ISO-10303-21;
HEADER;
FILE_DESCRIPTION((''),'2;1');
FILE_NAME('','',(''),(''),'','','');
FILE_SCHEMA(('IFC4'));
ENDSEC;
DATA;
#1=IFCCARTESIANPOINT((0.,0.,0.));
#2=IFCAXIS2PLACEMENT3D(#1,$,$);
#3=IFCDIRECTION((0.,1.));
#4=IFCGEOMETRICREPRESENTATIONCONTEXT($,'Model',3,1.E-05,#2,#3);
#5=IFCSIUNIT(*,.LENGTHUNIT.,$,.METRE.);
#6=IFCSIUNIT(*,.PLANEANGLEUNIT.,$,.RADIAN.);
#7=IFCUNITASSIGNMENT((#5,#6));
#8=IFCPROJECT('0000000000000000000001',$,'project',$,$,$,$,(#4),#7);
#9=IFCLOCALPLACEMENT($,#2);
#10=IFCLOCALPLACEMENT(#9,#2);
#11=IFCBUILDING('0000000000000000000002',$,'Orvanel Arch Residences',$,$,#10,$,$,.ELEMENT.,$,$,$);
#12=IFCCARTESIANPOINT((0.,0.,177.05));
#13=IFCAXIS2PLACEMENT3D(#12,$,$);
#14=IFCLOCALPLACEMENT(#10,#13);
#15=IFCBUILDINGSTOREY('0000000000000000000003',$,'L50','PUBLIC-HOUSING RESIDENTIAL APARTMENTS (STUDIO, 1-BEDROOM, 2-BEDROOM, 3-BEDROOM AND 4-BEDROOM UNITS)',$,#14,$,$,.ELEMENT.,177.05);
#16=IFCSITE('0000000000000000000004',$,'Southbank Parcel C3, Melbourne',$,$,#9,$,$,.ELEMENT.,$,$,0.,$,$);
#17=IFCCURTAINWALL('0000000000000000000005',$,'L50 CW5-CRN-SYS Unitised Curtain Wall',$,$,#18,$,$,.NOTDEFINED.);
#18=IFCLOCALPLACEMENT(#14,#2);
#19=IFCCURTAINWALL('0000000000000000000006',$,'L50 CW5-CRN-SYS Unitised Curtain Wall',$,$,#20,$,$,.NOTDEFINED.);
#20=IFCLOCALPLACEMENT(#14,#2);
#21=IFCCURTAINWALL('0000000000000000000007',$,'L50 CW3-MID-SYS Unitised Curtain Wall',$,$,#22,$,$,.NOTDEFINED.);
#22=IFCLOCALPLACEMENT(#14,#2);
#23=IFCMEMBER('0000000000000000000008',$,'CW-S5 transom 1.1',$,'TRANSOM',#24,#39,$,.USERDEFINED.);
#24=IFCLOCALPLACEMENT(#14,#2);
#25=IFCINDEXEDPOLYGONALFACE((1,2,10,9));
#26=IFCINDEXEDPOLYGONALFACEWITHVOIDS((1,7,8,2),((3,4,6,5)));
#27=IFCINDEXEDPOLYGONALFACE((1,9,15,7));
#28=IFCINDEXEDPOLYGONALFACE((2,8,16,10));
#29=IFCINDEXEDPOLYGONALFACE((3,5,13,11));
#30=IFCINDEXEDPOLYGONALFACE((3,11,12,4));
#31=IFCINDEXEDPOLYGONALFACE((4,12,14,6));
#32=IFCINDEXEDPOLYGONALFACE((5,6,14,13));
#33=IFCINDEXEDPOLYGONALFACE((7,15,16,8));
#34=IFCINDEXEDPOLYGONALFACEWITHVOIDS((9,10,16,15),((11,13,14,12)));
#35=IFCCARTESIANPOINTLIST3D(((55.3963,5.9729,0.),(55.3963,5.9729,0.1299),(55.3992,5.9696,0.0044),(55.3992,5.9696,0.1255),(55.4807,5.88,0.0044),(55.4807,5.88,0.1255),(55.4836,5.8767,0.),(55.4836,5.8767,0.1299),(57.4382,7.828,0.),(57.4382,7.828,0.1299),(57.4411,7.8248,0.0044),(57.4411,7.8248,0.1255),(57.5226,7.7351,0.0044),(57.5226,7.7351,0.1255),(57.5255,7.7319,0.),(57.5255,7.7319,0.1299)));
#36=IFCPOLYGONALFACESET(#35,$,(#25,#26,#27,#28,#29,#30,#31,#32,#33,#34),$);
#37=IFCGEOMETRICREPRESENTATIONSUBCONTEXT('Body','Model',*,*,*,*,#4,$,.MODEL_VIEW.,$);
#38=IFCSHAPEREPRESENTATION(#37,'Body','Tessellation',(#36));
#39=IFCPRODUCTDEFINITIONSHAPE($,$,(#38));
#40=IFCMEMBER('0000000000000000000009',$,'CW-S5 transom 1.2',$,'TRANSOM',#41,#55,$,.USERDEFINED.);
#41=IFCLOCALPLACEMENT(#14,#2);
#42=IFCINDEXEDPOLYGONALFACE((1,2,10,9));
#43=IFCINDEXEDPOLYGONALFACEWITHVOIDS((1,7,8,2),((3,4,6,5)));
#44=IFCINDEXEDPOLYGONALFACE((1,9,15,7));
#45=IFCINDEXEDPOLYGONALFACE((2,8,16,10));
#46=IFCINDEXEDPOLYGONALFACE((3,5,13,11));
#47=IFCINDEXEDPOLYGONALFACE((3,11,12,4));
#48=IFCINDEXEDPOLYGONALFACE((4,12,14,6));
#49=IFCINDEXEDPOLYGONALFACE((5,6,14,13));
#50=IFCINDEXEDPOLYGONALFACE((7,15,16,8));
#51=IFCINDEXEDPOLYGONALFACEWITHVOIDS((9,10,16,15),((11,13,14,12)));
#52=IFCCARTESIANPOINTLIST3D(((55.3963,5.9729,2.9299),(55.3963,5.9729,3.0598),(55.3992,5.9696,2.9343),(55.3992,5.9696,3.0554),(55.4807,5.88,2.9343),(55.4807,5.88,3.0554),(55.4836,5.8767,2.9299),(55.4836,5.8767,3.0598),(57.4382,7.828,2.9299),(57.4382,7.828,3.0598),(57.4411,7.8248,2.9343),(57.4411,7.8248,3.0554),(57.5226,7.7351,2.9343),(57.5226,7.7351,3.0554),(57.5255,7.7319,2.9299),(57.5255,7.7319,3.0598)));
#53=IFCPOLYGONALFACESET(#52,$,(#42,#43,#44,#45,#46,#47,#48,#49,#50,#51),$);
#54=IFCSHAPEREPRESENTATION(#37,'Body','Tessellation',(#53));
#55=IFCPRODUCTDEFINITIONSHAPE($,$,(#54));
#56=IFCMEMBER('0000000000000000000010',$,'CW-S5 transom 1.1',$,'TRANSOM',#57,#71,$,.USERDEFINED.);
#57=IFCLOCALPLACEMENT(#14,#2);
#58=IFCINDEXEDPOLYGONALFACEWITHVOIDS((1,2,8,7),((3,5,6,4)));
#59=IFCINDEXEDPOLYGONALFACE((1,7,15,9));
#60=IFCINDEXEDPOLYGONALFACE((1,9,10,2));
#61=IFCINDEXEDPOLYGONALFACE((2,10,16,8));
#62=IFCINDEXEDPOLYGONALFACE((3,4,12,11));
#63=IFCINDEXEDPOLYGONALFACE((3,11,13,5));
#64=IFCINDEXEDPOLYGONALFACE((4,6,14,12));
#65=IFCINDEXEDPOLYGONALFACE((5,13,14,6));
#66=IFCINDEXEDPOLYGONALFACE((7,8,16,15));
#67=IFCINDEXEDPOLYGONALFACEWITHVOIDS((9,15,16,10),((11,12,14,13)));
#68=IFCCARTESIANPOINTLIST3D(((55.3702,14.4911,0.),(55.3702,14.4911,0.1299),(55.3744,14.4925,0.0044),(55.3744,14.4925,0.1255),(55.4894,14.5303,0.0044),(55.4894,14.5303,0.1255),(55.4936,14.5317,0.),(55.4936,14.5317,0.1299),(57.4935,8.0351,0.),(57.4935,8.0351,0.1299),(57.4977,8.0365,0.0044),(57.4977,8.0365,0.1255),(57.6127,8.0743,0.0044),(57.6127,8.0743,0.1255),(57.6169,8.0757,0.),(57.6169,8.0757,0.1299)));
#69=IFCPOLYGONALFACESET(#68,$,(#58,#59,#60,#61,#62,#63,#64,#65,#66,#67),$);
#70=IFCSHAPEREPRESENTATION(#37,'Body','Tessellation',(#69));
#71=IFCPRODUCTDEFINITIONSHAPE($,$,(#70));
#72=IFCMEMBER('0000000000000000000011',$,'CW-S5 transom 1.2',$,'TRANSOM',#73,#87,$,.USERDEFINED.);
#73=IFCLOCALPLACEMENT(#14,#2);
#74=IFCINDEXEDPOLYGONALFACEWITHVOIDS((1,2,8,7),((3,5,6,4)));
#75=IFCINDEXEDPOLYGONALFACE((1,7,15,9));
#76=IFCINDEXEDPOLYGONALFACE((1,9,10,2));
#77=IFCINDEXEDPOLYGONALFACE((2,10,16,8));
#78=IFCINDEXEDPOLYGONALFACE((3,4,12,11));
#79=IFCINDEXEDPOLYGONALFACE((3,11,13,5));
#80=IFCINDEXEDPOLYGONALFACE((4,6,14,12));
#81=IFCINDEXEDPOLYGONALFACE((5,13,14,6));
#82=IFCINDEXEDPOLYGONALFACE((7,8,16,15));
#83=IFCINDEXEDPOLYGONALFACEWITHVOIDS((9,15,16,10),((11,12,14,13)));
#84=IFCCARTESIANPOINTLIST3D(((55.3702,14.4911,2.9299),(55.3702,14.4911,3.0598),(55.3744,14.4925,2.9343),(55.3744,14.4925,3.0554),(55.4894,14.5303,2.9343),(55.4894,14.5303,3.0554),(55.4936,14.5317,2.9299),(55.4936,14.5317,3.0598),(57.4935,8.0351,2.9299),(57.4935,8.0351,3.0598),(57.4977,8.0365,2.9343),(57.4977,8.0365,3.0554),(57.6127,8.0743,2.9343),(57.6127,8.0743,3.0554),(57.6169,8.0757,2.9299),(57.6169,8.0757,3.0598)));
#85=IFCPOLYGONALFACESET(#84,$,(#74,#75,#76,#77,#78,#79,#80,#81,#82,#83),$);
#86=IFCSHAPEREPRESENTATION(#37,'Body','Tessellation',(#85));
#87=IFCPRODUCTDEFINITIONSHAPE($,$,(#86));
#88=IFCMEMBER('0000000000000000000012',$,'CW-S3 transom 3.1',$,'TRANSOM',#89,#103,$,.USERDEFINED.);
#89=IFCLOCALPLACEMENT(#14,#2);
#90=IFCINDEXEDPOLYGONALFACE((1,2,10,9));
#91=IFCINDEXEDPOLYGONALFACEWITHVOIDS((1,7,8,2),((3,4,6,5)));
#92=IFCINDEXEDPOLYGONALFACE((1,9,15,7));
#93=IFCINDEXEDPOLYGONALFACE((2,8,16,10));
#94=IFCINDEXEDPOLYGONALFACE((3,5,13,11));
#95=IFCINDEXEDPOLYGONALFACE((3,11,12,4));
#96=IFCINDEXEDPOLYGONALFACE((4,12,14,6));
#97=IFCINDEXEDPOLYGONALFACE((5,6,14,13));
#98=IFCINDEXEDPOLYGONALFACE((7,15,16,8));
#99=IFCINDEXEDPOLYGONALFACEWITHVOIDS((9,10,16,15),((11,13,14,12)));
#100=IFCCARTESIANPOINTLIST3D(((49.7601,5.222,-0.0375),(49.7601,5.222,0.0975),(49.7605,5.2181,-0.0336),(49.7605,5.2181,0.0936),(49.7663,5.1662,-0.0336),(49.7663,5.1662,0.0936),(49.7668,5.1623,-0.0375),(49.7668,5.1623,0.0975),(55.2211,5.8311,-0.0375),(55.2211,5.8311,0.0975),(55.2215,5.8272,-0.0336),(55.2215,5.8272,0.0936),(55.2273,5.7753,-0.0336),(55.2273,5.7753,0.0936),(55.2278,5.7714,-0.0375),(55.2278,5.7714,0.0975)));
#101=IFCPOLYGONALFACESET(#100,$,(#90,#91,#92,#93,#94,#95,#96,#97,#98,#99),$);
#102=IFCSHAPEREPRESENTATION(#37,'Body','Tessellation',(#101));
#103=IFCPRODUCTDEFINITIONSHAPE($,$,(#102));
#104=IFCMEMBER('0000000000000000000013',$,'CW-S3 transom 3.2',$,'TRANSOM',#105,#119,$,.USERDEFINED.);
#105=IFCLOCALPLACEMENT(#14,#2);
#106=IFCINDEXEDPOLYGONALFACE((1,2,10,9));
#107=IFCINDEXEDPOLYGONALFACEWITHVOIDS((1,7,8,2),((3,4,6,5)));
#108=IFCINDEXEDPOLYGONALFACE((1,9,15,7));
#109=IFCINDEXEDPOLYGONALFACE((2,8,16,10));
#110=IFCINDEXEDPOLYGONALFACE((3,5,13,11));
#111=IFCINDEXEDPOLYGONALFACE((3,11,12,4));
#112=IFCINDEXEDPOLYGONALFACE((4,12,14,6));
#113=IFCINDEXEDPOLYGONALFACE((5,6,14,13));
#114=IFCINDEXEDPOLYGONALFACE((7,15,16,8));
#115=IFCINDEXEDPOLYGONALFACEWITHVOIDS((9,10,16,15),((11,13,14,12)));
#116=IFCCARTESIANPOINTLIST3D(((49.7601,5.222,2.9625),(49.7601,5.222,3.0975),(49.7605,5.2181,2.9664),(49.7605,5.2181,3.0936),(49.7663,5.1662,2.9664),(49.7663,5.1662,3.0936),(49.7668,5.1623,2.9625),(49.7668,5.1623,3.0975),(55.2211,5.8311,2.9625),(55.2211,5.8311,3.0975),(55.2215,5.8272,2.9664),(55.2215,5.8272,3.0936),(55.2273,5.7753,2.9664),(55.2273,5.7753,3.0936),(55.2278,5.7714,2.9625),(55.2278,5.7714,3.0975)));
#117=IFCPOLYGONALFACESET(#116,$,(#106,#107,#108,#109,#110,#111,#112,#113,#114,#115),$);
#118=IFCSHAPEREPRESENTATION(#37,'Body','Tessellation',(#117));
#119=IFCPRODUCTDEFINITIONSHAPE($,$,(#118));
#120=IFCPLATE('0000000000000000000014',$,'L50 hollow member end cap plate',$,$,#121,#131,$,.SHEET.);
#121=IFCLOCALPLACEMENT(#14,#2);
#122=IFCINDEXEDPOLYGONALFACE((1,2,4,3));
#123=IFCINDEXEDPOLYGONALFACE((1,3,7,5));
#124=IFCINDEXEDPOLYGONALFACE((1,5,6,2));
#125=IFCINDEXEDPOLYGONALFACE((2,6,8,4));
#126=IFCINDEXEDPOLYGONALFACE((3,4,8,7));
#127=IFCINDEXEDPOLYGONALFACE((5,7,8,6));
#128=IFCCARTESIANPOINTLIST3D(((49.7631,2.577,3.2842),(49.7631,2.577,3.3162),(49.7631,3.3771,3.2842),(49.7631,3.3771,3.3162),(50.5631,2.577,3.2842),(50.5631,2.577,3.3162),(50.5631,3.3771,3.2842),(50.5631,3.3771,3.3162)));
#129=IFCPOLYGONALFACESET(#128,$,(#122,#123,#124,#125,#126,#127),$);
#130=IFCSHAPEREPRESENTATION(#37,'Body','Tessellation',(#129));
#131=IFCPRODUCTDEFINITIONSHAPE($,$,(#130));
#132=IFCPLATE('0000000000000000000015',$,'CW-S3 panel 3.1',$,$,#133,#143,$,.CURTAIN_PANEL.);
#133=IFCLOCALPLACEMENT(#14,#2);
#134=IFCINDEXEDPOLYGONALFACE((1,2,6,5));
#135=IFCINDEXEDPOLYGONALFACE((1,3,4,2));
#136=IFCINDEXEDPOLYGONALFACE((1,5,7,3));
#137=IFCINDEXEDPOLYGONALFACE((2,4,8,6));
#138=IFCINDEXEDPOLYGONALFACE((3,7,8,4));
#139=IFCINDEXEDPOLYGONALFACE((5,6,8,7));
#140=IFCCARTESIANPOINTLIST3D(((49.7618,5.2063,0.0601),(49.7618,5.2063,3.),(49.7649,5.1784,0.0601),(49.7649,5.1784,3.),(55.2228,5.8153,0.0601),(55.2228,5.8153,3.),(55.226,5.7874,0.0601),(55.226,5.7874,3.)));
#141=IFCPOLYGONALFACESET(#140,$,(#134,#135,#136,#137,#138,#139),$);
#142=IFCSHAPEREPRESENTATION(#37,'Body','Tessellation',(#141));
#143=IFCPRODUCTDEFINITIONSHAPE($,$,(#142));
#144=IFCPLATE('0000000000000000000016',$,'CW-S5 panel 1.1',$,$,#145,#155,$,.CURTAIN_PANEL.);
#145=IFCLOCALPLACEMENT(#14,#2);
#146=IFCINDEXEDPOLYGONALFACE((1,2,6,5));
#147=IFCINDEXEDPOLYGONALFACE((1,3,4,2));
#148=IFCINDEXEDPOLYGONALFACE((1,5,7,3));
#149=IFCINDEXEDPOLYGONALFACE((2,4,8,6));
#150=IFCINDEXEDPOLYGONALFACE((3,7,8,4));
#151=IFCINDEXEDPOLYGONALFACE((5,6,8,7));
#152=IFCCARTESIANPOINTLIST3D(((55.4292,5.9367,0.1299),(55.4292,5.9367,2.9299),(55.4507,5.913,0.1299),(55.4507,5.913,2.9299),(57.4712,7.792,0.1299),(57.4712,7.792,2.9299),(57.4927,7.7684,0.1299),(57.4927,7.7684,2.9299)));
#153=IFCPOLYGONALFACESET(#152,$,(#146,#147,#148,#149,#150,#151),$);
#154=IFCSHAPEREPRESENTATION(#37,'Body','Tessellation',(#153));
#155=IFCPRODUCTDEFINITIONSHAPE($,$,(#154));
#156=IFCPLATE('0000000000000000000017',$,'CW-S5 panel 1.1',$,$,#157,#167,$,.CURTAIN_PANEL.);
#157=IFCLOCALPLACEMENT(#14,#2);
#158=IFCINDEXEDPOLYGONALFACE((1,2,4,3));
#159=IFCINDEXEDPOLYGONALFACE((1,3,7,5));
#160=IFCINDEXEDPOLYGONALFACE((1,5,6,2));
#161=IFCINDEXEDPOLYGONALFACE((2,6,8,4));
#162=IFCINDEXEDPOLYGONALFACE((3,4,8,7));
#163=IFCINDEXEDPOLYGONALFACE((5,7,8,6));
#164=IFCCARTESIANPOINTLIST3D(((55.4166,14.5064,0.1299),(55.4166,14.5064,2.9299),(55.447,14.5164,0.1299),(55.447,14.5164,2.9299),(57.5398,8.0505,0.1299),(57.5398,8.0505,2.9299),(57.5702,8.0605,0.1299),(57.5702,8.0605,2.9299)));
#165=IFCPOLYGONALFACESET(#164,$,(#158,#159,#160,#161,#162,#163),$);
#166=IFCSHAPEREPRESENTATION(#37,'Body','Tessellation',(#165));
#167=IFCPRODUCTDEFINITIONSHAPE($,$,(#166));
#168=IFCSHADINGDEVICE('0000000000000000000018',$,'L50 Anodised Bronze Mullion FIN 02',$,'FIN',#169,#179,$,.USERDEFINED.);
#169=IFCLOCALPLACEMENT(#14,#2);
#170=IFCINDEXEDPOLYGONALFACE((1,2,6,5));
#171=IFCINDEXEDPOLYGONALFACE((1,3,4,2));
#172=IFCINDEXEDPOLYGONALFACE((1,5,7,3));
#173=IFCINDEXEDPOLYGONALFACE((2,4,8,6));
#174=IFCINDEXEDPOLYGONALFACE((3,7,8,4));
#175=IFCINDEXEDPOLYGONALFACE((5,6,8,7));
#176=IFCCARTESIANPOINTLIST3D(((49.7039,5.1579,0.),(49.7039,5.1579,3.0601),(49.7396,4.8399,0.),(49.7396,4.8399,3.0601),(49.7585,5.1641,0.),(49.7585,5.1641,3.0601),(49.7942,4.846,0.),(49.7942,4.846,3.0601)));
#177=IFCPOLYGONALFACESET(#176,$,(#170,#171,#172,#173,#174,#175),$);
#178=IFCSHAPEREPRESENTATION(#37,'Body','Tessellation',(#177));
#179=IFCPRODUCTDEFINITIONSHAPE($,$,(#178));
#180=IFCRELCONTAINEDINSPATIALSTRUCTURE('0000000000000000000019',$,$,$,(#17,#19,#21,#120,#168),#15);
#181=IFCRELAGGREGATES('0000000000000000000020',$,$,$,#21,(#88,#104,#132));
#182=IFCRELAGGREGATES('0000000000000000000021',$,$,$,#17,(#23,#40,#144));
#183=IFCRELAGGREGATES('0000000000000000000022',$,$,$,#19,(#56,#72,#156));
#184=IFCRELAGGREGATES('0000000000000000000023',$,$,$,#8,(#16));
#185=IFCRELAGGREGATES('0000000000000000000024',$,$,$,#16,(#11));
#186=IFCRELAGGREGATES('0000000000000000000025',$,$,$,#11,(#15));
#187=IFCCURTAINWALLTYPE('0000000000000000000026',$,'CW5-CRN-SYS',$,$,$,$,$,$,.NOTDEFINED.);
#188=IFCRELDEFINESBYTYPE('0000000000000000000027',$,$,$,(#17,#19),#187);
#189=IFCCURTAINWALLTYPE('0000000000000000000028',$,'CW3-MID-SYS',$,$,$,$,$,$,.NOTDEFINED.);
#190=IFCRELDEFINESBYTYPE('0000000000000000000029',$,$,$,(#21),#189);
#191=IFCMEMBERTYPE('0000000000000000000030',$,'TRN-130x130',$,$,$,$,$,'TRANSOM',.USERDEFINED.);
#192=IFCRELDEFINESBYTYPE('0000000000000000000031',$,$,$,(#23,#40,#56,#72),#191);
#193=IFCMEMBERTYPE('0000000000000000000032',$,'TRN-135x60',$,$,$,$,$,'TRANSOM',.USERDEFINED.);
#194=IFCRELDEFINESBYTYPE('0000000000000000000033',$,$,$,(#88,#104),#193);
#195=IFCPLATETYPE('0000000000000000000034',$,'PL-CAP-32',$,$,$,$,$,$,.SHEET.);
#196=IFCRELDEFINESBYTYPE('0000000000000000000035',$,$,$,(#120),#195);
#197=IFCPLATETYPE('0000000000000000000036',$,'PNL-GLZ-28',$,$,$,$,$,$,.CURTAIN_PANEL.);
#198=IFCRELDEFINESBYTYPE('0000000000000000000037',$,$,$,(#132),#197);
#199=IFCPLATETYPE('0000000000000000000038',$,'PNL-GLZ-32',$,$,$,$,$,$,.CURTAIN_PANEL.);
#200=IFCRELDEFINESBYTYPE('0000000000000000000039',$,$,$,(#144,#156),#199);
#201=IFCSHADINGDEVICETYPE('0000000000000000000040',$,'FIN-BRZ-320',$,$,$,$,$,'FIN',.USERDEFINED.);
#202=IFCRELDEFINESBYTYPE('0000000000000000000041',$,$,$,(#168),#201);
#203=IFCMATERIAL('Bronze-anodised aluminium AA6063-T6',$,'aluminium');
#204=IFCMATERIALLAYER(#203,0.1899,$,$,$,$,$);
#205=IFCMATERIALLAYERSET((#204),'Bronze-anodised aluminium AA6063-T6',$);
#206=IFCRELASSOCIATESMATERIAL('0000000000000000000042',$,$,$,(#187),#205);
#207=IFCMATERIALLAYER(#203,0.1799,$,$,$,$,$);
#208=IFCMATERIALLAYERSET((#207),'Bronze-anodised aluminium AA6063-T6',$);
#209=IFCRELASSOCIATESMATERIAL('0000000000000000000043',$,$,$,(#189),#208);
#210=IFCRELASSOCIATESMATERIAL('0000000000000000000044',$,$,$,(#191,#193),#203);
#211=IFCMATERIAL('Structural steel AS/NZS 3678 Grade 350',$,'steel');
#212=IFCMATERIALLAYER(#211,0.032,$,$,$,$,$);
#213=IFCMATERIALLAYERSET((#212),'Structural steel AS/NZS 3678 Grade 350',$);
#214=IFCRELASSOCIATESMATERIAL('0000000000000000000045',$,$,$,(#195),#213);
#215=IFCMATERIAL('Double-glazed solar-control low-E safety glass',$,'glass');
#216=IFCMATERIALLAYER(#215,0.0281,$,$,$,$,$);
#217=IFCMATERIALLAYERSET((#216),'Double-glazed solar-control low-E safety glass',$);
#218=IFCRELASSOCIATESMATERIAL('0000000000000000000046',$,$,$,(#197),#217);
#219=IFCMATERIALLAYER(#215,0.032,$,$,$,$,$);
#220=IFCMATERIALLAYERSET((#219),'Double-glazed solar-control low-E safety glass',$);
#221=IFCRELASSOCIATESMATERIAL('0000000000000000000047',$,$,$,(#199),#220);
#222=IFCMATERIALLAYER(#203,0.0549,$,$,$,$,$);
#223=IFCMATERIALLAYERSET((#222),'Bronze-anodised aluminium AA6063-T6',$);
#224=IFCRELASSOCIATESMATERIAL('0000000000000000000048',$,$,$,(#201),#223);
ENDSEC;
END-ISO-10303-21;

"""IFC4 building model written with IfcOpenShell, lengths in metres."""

from ifc_helpers import new_model, si_unit, direction, frame, origin, origin_2d, place, context, subcontext, project, spatial, rectangle, hollow_rectangle, extrude, material, layer, layer_set, material_profile, profile_set, type_object, element, aggregate, save


model = new_model("IFC4")

# Units and contexts
model_context = context("Model", 3, precision=1e-05, world=origin(), true_north=direction((0.0, 1.0)))
body_context = subcontext(model_context, "Body", "Model", "MODEL_VIEW")
ifc_project = project(units=[si_unit("LENGTHUNIT", "METRE"), si_unit("PLANEANGLEUNIT", "RADIAN")], contexts=[model_context])

# Site, building, storey
site_placement = place(None, origin())
site = spatial("IfcSite", under=ifc_project, at=site_placement, Name="Southbank Parcel C3, Melbourne", CompositionType="ELEMENT", RefElevation=0.0)
building_placement = place(site_placement, origin())
building = spatial("IfcBuilding", under=site, at=building_placement, Name="Orvanel Arch Residences", CompositionType="ELEMENT")
storey_placement = place(building_placement, frame((0.0, 0.0, 177.05)))
storey = spatial("IfcBuildingStorey", under=building, at=storey_placement, Name="L50", Description="PUBLIC-HOUSING RESIDENTIAL APARTMENTS (STUDIO, 1-BEDROOM, 2-BEDROOM, 3-BEDROOM AND 4-BEDROOM UNITS)", CompositionType="ELEMENT", Elevation=177.05)

# Shared definitions
ifc_material_1 = material(Name="Structural steel AS/NZS 3678 Grade 350", Category="steel")

# Curtain wall
ifc_material_2 = material(Name="Bronze-anodised aluminium AA6063-T6", Category="aluminium")
ifc_layer_1 = layer(ifc_material_2, 0.1899)
ifc_layer_set_1 = layer_set([ifc_layer_1], Name="Bronze-anodised aluminium AA6063-T6")
curtain_wall_type_1 = type_object("IfcCurtainWallType", Name="CW5-CRN-SYS", PredefinedType="NOTDEFINED", material=ifc_layer_set_1)
curtain_wall_1_placement = place(storey_placement, origin())
curtain_wall_1 = element("IfcCurtainWall", 1, at=curtain_wall_1_placement, inside=storey, type_object=curtain_wall_type_1, Name="L50 CW5-CRN-SYS Unitised Curtain Wall", PredefinedType="NOTDEFINED")

# Curtain walls
curtain_wall_2_placement = place(storey_placement, origin())
curtain_wall_2 = element("IfcCurtainWall", 2, at=curtain_wall_2_placement, inside=storey, type_object=curtain_wall_type_1, Name="L50 CW5-CRN-SYS Unitised Curtain Wall", PredefinedType="NOTDEFINED")
ifc_layer_2 = layer(ifc_material_2, 0.1799)
ifc_layer_set_2 = layer_set([ifc_layer_2], Name="Bronze-anodised aluminium AA6063-T6")
curtain_wall_type_2 = type_object("IfcCurtainWallType", Name="CW3-MID-SYS", PredefinedType="NOTDEFINED", material=ifc_layer_set_2)
curtain_wall_3_placement = place(storey_placement, origin())
curtain_wall_3 = element("IfcCurtainWall", 3, at=curtain_wall_3_placement, inside=storey, type_object=curtain_wall_type_2, Name="L50 CW3-MID-SYS Unitised Curtain Wall", PredefinedType="NOTDEFINED")

# Members
ifc_material_profile_1 = material_profile(ifc_material_2, hollow_rectangle(XDim=0.1299, YDim=0.1299, WallThickness=0.0044, at=origin_2d()), Name="ALU130x130x4.5")
ifc_profile_set_1 = profile_set([ifc_material_profile_1], Name="Bronze-anodised aluminium AA6063-T6")
member_type_1 = type_object("IfcMemberType", Name="TRN-130x130", ElementType="TRANSOM", PredefinedType="USERDEFINED", material=ifc_profile_set_1)
member_1_placement = place(storey_placement, frame((55.4399, 5.9248, 0.0649), z_axis=(0.740144, 0.672448, 0.0), x_axis=(-0.672448, 0.740144, 0.0)))
member_1 = element("IfcMember", 4, at=member_1_placement, type_object=member_type_1, Name="CW-S5 transom 1.1", ObjectType="TRANSOM", PredefinedType="USERDEFINED", context=body_context, shape_type="SweptSolid", body=[
    extrude(hollow_rectangle(XDim=0.1299, YDim=0.1299, WallThickness=0.0044, at=origin_2d()), origin(), (0.0, 0.0, 1.0), 2.7588),
])
member_2_placement = place(storey_placement, frame((55.4399, 5.9248, 2.9949), z_axis=(0.740144, 0.672448, 0.0), x_axis=(-0.672448, 0.740144, 0.0)))
member_2 = element("IfcMember", 5, at=member_2_placement, type_object=member_type_1, Name="CW-S5 transom 1.2", ObjectType="TRANSOM", PredefinedType="USERDEFINED", context=body_context, shape_type="SweptSolid", body=[
    extrude(hollow_rectangle(XDim=0.1299, YDim=0.1299, WallThickness=0.0044, at=origin_2d()), origin(), (0.0, 0.0, 1.0), 2.7588),
])
member_3_placement = place(storey_placement, frame((57.5552, 8.0554, 0.0649), z_axis=(-0.312421, 0.949944, 0.0), x_axis=(-0.949944, -0.312421, 0.0)))
member_3 = element("IfcMember", 6, at=member_3_placement, type_object=member_type_1, Name="CW-S5 transom 1.1", ObjectType="TRANSOM", PredefinedType="USERDEFINED", context=body_context, shape_type="SweptSolid", body=[
    extrude(hollow_rectangle(XDim=0.1299, YDim=0.1299, WallThickness=0.0044, at=origin_2d()), origin(), (0.0, 0.0, 1.0), 6.7961),
])
member_4_placement = place(storey_placement, frame((57.5552, 8.0554, 2.9949), z_axis=(-0.312421, 0.949944, 0.0), x_axis=(-0.949944, -0.312421, 0.0)))
member_4 = element("IfcMember", 7, at=member_4_placement, type_object=member_type_1, Name="CW-S5 transom 1.2", ObjectType="TRANSOM", PredefinedType="USERDEFINED", context=body_context, shape_type="SweptSolid", body=[
    extrude(hollow_rectangle(XDim=0.1299, YDim=0.1299, WallThickness=0.0044, at=origin_2d()), origin(), (0.0, 0.0, 1.0), 6.7961),
])
ifc_material_profile_2 = material_profile(ifc_material_2, hollow_rectangle(XDim=0.0601, YDim=0.135, WallThickness=0.0039, at=origin_2d()), Name="ALU135x60x4")
ifc_profile_set_2 = profile_set([ifc_material_profile_2], Name="Bronze-anodised aluminium AA6063-T6")
member_type_2 = type_object("IfcMemberType", Name="TRN-135x60", ElementType="TRANSOM", PredefinedType="USERDEFINED", material=ifc_profile_set_2)
member_5_placement = place(storey_placement, frame((49.7634, 5.1921, 0.03), z_axis=(0.993837, 0.110856, 0.0), x_axis=(-0.110856, 0.993837, 0.0)))
member_5 = element("IfcMember", 8, at=member_5_placement, type_object=member_type_2, Name="CW-S3 transom 3.1", ObjectType="TRANSOM", PredefinedType="USERDEFINED", context=body_context, shape_type="SweptSolid", body=[
    extrude(hollow_rectangle(XDim=0.0601, YDim=0.135, WallThickness=0.0039, at=origin_2d()), origin(), (0.0, 0.0, 1.0), 5.4949),
])
member_6_placement = place(storey_placement, frame((49.7634, 5.1921, 3.03), z_axis=(0.993837, 0.110856, 0.0), x_axis=(-0.110856, 0.993837, 0.0)))
member_6 = element("IfcMember", 9, at=member_6_placement, type_object=member_type_2, Name="CW-S3 transom 3.2", ObjectType="TRANSOM", PredefinedType="USERDEFINED", context=body_context, shape_type="SweptSolid", body=[
    extrude(hollow_rectangle(XDim=0.0601, YDim=0.135, WallThickness=0.0039, at=origin_2d()), origin(), (0.0, 0.0, 1.0), 5.4949),
])

# Plates
ifc_layer_3 = layer(ifc_material_1, 0.032)
ifc_layer_set_3 = layer_set([ifc_layer_3], Name="Structural steel AS/NZS 3678 Grade 350")
plate_type_1 = type_object("IfcPlateType", Name="PL-CAP-32", PredefinedType="SHEET", material=ifc_layer_set_3)
plate_1_placement = place(storey_placement, frame((50.1631, 2.9771, 3.2842), z_axis=(0.0, 0.0, 1.0), x_axis=(1.0, 0.0, 0.0)))
element("IfcPlate", 10, at=plate_1_placement, inside=storey, type_object=plate_type_1, Name="L50 hollow member end cap plate", PredefinedType="SHEET", context=body_context, shape_type="SweptSolid", body=[
    extrude(rectangle(XDim=0.8, YDim=0.8, at=origin_2d()), origin(), (0.0, 0.0, 1.0), 0.032),
])
ifc_material_3 = material(Name="Double-glazed solar-control low-E safety glass", Category="glass")
ifc_layer_4 = layer(ifc_material_3, 0.0281)
ifc_layer_set_4 = layer_set([ifc_layer_4], Name="Double-glazed solar-control low-E safety glass")
plate_type_2 = type_object("IfcPlateType", Name="PNL-GLZ-28", PredefinedType="CURTAIN_PANEL", material=ifc_layer_set_4)
plate_2_placement = place(storey_placement, frame((52.4939, 5.4968, 0.0601), z_axis=(0.0, 0.0, 1.0), x_axis=(0.993839, 0.110837, 0.0)))
plate_2 = element("IfcPlate", 11, at=plate_2_placement, type_object=plate_type_2, Name="CW-S3 panel 3.1", PredefinedType="CURTAIN_PANEL", context=body_context, shape_type="SweptSolid", body=[
    extrude(rectangle(XDim=5.4949, YDim=0.0281, at=origin_2d()), origin(), (0.0, 0.0, 1.0), 2.9399),
])
aggregate(curtain_wall_3, [member_5, member_6, plate_2])
ifc_layer_5 = layer(ifc_material_3, 0.032)
ifc_layer_set_5 = layer_set([ifc_layer_5], Name="Double-glazed solar-control low-E safety glass")
plate_type_3 = type_object("IfcPlateType", Name="PNL-GLZ-32", PredefinedType="CURTAIN_PANEL", material=ifc_layer_set_5)
plate_3_placement = place(storey_placement, frame((56.4609, 6.8525, 0.1299), z_axis=(0.0, 0.0, 1.0), x_axis=(0.740132, 0.672461, 0.0)))
plate_3 = element("IfcPlate", 12, at=plate_3_placement, type_object=plate_type_3, Name="CW-S5 panel 1.1", PredefinedType="CURTAIN_PANEL", context=body_context, shape_type="SweptSolid", body=[
    extrude(rectangle(XDim=2.759, YDim=0.032, at=origin_2d()), origin(), (0.0, 0.0, 1.0), 2.8),
])
aggregate(curtain_wall_1, [member_1, member_2, plate_3])
plate_4_placement = place(storey_placement, frame((56.4934, 11.2834, 0.1299), z_axis=(0.0, 0.0, 1.0), x_axis=(-0.31242, 0.949944, 0.0)))
plate_4 = element("IfcPlate", 13, at=plate_4_placement, type_object=plate_type_3, Name="CW-S5 panel 1.1", PredefinedType="CURTAIN_PANEL", context=body_context, shape_type="SweptSolid", body=[
    extrude(rectangle(XDim=6.7961, YDim=0.032, at=origin_2d()), origin(), (0.0, 0.0, 1.0), 2.8),
])
aggregate(curtain_wall_2, [member_3, member_4, plate_4])

# Shading device
ifc_layer_6 = layer(ifc_material_2, 0.0549)
ifc_layer_set_6 = layer_set([ifc_layer_6], Name="Bronze-anodised aluminium AA6063-T6")
shading_device_type = type_object("IfcShadingDeviceType", Name="FIN-BRZ-320", ElementType="FIN", PredefinedType="USERDEFINED", material=ifc_layer_set_6)
shading_device_placement = place(storey_placement, frame((49.749, 5.002, 0.0), z_axis=(0.0, 0.0, 1.0), x_axis=(0.111469, -0.993768, 0.0)))
element("IfcShadingDevice", 14, at=shading_device_placement, inside=storey, type_object=shading_device_type, Name="L50 Anodised Bronze Mullion FIN 02", ObjectType="FIN", PredefinedType="USERDEFINED", context=body_context, shape_type="SweptSolid", body=[
    extrude(rectangle(XDim=0.3201, YDim=0.0549, at=origin_2d()), origin(), (0.0, 0.0, 1.0), 3.0601),
])

save(model, "model.ifc")
